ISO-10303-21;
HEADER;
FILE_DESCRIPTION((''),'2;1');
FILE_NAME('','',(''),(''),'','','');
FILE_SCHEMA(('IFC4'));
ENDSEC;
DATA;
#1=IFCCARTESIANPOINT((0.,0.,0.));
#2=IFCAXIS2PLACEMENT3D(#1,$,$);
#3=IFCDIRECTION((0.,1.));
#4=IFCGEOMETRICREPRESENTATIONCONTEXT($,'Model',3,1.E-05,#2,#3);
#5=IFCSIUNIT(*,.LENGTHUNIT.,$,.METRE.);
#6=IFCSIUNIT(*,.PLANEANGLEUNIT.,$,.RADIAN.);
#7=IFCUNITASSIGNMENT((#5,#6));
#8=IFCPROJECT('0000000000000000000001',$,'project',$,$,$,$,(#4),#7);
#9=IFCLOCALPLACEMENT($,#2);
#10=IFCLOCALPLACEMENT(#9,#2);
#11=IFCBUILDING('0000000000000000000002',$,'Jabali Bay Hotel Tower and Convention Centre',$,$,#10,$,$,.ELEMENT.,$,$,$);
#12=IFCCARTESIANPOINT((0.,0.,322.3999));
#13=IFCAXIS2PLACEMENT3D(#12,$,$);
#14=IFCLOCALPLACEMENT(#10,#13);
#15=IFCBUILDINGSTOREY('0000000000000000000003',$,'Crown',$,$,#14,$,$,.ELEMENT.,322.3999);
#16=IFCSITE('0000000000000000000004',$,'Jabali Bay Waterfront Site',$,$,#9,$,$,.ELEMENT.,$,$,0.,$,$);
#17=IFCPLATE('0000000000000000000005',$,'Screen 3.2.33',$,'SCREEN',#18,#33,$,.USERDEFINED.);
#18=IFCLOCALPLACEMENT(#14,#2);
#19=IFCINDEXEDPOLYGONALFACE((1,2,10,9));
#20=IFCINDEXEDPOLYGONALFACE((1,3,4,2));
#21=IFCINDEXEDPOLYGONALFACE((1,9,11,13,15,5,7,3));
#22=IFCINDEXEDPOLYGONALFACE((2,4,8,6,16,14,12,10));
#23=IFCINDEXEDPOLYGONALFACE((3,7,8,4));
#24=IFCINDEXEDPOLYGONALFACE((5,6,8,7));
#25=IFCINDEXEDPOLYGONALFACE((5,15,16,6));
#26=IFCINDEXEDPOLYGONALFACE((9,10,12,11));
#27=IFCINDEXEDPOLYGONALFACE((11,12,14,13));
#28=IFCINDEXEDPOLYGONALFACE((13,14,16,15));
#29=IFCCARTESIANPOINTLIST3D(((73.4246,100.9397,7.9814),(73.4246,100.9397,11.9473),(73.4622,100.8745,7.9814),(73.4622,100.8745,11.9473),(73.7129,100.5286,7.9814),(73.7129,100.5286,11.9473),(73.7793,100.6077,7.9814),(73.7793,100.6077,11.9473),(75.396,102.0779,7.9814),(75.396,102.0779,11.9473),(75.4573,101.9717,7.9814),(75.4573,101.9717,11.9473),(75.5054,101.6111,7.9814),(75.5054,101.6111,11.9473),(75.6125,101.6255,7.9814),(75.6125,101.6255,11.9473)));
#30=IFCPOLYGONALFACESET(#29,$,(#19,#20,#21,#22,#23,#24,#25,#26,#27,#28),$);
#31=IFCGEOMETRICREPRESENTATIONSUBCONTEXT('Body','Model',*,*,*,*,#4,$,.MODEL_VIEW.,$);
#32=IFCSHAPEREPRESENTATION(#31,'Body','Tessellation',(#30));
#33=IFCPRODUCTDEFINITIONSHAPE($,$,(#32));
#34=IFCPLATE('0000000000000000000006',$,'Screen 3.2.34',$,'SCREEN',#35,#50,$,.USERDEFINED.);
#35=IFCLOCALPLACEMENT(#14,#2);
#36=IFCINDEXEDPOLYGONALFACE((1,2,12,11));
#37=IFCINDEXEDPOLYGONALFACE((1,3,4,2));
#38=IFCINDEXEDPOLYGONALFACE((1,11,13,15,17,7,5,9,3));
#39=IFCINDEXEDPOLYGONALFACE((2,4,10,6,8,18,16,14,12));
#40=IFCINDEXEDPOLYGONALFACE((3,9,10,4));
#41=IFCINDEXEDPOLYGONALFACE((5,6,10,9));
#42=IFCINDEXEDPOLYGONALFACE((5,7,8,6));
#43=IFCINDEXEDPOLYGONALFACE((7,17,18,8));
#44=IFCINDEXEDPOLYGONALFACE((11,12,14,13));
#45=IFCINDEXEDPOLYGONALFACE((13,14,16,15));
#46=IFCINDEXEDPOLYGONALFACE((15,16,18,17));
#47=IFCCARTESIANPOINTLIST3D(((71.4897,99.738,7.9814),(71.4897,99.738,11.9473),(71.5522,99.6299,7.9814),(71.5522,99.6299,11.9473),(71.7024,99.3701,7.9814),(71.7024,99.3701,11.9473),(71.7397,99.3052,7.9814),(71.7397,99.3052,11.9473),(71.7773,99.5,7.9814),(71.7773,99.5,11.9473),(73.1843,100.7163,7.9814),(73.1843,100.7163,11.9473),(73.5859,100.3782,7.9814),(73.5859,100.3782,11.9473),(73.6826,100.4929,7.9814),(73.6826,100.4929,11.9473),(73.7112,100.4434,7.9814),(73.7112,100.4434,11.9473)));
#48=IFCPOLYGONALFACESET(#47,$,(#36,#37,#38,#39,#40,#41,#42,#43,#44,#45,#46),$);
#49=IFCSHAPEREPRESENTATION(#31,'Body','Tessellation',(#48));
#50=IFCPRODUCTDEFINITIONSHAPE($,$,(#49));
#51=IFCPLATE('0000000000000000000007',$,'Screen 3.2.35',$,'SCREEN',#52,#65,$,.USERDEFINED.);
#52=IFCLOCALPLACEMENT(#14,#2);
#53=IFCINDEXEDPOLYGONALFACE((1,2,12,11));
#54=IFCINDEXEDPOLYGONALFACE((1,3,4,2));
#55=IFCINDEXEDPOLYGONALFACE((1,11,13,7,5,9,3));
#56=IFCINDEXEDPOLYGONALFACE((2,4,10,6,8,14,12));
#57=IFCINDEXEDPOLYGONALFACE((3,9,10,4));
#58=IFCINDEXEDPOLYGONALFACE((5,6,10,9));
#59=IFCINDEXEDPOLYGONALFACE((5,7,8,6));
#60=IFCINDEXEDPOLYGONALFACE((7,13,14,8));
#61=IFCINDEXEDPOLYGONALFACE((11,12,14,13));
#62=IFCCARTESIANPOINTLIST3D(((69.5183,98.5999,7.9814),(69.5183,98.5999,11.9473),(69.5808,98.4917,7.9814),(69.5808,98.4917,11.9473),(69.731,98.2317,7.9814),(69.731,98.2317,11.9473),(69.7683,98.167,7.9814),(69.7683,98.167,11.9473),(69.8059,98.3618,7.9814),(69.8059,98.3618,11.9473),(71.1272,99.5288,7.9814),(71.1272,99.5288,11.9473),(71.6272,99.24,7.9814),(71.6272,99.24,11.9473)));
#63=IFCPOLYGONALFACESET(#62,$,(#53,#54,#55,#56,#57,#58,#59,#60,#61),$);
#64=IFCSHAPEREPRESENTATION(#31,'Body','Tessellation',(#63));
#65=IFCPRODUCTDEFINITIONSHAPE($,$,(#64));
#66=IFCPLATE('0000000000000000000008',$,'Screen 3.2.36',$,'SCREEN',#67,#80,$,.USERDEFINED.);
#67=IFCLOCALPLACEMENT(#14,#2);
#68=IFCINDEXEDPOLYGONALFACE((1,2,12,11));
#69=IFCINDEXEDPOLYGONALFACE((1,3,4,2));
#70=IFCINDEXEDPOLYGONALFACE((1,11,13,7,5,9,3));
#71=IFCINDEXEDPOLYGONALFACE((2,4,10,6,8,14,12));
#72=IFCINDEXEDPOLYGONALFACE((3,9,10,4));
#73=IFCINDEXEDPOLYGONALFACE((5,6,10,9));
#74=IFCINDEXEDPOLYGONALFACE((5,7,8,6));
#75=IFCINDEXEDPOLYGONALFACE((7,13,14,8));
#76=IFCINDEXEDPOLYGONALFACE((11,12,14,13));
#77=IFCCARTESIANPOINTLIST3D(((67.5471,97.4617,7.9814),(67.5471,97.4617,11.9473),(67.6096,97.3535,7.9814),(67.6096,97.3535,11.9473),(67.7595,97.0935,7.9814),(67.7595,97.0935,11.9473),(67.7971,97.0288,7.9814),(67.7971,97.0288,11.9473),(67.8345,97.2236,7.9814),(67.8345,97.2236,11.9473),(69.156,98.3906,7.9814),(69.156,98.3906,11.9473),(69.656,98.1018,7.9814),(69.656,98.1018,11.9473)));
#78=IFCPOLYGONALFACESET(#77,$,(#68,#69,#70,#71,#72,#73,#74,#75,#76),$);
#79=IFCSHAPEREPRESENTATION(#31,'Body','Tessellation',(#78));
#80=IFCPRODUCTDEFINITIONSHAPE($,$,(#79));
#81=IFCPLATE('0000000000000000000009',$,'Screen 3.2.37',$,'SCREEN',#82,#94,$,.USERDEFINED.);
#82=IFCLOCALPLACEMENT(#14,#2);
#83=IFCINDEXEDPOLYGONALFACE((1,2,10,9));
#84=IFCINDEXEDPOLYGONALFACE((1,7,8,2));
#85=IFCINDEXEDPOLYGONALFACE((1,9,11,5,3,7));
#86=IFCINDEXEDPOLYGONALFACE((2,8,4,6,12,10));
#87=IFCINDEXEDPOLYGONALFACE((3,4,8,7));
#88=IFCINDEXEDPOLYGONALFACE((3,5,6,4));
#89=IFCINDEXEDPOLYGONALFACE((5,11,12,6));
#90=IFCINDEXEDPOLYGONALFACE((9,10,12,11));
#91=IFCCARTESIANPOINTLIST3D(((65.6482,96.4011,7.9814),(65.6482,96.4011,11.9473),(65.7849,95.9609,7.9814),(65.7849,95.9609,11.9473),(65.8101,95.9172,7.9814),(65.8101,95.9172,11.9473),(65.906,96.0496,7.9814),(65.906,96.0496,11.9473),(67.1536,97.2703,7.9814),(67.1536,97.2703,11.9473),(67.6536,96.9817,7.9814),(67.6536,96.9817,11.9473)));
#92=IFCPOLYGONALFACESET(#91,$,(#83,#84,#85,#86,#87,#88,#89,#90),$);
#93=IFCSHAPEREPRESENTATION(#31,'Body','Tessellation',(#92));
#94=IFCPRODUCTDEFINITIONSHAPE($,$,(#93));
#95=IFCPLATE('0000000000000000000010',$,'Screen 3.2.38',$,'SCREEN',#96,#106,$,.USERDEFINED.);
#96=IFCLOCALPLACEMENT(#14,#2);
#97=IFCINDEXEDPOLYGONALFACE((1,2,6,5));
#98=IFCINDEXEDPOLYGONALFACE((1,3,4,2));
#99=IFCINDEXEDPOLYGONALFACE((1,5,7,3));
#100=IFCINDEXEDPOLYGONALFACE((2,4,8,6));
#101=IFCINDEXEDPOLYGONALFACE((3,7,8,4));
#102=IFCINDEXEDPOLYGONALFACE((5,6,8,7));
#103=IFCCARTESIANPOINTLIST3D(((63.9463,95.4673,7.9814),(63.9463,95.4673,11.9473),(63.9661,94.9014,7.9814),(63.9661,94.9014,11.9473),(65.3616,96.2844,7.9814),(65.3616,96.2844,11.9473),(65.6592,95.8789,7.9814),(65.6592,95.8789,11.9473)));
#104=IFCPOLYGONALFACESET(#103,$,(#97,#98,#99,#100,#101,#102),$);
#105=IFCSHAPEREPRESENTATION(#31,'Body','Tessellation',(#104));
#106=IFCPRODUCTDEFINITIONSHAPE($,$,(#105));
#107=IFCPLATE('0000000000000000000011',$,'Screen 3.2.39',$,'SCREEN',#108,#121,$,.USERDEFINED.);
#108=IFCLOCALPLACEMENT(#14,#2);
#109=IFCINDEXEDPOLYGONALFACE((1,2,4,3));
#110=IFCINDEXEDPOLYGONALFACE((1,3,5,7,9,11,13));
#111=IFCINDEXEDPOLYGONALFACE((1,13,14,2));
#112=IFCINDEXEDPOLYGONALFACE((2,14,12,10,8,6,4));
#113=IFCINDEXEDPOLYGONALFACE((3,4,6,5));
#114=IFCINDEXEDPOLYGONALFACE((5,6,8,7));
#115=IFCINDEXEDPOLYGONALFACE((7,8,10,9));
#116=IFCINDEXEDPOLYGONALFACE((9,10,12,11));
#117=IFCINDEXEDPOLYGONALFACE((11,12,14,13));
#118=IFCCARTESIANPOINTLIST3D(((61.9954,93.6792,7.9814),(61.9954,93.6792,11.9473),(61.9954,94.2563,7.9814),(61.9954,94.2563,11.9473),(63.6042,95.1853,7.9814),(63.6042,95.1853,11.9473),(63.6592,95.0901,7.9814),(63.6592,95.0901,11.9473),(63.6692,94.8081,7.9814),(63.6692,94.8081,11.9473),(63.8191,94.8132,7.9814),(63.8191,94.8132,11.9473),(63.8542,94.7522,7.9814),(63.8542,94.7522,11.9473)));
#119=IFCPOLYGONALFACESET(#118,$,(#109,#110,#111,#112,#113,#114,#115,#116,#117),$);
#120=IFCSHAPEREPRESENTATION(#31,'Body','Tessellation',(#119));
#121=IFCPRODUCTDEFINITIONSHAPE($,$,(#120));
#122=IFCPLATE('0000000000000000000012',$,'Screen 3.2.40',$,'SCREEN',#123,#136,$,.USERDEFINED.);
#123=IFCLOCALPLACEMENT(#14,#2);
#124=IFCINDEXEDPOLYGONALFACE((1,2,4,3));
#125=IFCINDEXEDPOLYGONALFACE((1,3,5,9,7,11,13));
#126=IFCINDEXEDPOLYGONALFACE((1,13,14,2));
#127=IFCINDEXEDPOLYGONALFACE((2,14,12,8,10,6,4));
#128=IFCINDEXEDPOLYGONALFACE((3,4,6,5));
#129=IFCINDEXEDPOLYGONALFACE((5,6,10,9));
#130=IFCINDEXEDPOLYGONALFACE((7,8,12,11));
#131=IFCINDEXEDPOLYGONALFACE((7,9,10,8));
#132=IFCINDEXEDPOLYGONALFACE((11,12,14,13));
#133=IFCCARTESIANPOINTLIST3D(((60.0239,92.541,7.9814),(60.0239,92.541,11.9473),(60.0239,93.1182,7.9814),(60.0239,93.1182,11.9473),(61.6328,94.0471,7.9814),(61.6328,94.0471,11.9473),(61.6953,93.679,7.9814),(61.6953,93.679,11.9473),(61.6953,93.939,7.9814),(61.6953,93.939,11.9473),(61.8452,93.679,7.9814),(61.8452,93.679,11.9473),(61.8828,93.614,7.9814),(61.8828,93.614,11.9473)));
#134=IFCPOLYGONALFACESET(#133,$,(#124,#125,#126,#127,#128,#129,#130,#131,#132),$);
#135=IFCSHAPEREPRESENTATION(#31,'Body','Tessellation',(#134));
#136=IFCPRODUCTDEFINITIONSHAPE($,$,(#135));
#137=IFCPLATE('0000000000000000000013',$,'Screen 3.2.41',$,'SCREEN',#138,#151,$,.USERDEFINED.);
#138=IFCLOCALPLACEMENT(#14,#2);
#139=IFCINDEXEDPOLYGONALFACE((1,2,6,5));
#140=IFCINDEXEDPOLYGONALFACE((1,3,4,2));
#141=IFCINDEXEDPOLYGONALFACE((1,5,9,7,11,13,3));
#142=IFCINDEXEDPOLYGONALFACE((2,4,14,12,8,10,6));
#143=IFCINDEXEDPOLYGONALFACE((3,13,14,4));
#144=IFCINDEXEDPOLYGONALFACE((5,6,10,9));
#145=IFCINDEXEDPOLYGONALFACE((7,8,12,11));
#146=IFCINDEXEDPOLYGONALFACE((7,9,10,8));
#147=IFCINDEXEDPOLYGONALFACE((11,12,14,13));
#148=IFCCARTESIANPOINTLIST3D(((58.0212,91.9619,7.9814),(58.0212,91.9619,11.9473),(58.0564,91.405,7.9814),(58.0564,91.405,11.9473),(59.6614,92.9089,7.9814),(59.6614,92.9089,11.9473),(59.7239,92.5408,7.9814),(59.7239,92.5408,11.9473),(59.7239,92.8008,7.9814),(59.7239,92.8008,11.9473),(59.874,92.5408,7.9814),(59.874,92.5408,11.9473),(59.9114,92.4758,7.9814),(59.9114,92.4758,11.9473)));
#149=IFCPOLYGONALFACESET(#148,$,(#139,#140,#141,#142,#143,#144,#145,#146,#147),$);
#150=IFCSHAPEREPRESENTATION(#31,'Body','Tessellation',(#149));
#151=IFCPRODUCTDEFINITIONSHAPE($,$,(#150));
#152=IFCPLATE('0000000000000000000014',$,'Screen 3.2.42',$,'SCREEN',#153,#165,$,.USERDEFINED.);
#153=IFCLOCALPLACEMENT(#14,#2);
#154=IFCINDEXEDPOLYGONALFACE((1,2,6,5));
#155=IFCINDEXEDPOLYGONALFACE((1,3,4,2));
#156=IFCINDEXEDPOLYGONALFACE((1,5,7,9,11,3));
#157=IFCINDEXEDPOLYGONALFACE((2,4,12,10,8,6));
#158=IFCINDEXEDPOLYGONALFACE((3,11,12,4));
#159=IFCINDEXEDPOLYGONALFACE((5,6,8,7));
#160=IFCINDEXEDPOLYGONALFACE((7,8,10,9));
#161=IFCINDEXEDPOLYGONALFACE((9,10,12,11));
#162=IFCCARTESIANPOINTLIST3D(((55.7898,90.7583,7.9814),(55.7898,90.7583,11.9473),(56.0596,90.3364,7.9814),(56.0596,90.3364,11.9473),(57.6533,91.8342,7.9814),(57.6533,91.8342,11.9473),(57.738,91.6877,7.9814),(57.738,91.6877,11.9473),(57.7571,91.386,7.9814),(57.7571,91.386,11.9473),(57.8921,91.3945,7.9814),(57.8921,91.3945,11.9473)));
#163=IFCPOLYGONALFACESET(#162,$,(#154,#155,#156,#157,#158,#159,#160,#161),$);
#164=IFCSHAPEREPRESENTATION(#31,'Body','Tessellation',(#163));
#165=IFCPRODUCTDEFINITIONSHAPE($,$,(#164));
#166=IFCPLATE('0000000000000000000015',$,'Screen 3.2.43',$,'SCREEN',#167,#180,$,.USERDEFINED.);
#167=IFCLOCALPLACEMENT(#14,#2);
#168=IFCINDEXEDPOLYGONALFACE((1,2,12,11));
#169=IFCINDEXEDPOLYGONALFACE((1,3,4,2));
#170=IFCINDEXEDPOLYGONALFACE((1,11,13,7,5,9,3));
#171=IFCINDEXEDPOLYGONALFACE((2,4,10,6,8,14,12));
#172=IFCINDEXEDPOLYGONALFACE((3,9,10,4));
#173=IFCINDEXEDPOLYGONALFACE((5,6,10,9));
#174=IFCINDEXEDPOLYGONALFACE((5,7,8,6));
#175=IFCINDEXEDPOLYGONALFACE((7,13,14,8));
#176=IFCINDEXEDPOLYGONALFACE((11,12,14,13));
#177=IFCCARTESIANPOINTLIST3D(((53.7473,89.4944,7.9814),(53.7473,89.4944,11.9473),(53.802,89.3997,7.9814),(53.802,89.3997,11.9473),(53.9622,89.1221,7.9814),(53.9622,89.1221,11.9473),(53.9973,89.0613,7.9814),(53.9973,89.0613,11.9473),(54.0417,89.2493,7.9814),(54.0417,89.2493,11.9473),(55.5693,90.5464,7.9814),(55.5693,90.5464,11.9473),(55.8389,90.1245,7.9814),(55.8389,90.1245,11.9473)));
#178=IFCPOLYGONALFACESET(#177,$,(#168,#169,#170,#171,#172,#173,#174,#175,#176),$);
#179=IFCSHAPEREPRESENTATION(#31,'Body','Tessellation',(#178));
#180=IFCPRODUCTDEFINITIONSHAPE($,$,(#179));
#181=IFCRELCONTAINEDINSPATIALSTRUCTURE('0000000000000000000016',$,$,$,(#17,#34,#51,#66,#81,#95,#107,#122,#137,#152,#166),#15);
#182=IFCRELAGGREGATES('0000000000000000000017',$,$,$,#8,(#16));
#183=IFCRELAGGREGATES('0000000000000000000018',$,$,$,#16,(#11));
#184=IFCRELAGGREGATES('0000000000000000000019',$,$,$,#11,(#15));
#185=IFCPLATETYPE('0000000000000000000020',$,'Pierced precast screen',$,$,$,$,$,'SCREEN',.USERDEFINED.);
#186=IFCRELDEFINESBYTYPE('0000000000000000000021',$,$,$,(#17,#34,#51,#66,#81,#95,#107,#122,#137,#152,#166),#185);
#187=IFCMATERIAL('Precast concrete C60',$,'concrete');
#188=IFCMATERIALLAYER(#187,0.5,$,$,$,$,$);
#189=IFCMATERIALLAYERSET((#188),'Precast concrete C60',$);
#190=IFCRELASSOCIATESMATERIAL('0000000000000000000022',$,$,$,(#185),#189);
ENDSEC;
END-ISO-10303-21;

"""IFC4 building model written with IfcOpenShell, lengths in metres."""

from ifc_helpers import new_model, si_unit, direction, frame, origin, place, context, subcontext, project, spatial, polyline, outline, extrude, material, layer, layer_set, type_object, element, save


model = new_model("IFC4")

# Units and contexts
model_context = context("Model", 3, precision=1e-05, world=origin(), true_north=direction((0.0, 1.0)))
body_context = subcontext(model_context, "Body", "Model", "MODEL_VIEW")
ifc_project = project(units=[si_unit("LENGTHUNIT", "METRE"), si_unit("PLANEANGLEUNIT", "RADIAN")], contexts=[model_context])

# Site, building, storey
site_placement = place(None, origin())
site = spatial("IfcSite", under=ifc_project, at=site_placement, Name="Jabali Bay Waterfront Site", CompositionType="ELEMENT", RefElevation=0.0)
building_placement = place(site_placement, origin())
building = spatial("IfcBuilding", under=site, at=building_placement, Name="Jabali Bay Hotel Tower and Convention Centre", CompositionType="ELEMENT")
storey_placement = place(building_placement, frame((0.0, 0.0, 322.3999)))
storey = spatial("IfcBuildingStorey", under=building, at=storey_placement, Name="Crown", CompositionType="ELEMENT", Elevation=322.3999)

# Plates
ifc_material = material(Name="Precast concrete C60", Category="concrete")
ifc_layer = layer(ifc_material, 0.5)
ifc_layer_set = layer_set([ifc_layer], Name="Precast concrete C60")
plate_type = type_object("IfcPlateType", Name="Pierced precast screen", ElementType="SCREEN", PredefinedType="USERDEFINED", material=ifc_layer_set)
plate_1_placement = place(storey_placement, frame((0.0, 0.0, 7.9814)))
element("IfcPlate", 1, at=plate_1_placement, inside=storey, type_object=plate_type, Name="Screen 3.2.33", ObjectType="SCREEN", PredefinedType="USERDEFINED", context=body_context, shape_type="SweptSolid", body=[
    extrude(outline(polyline([(73.7129, 100.5286), (75.6125, 101.6255), (75.5054, 101.6111), (75.4573, 101.9717), (75.396, 102.0779), (73.4246, 100.9397), (73.4622, 100.8745), (73.7793, 100.6077), (73.7129, 100.5286)])), origin(), (0.0, 0.0, 1.0), 3.9658),
])
plate_2_placement = place(storey_placement, frame((0.0, 0.0, 7.9814)))
element("IfcPlate", 2, at=plate_2_placement, inside=storey, type_object=plate_type, Name="Screen 3.2.34", ObjectType="SCREEN", PredefinedType="USERDEFINED", context=body_context, shape_type="SweptSolid", body=[
    extrude(outline(polyline([(71.7397, 99.3052), (73.7112, 100.4434), (73.6826, 100.4929), (73.5859, 100.3782), (73.1843, 100.7163), (71.4897, 99.738), (71.5522, 99.6299), (71.7773, 99.5), (71.7024, 99.3701), (71.7397, 99.3052)])), origin(), (0.0, 0.0, 1.0), 3.9658),
])
plate_3_placement = place(storey_placement, frame((0.0, 0.0, 7.9814)))
element("IfcPlate", 3, at=plate_3_placement, inside=storey, type_object=plate_type, Name="Screen 3.2.35", ObjectType="SCREEN", PredefinedType="USERDEFINED", context=body_context, shape_type="SweptSolid", body=[
    extrude(outline(polyline([(69.7683, 98.167), (71.6272, 99.24), (71.1272, 99.5288), (69.5183, 98.5999), (69.5808, 98.4917), (69.8059, 98.3618), (69.731, 98.2317), (69.7683, 98.167)])), origin(), (0.0, 0.0, 1.0), 3.9658),
])
plate_4_placement = place(storey_placement, frame((0.0, 0.0, 7.9814)))
element("IfcPlate", 4, at=plate_4_placement, inside=storey, type_object=plate_type, Name="Screen 3.2.36", ObjectType="SCREEN", PredefinedType="USERDEFINED", context=body_context, shape_type="SweptSolid", body=[
    extrude(outline(polyline([(67.7971, 97.0288), (69.656, 98.1018), (69.156, 98.3906), (67.5471, 97.4617), (67.6096, 97.3535), (67.8345, 97.2236), (67.7595, 97.0935), (67.7971, 97.0288)])), origin(), (0.0, 0.0, 1.0), 3.9658),
])
plate_5_placement = place(storey_placement, frame((0.0, 0.0, 7.9814)))
element("IfcPlate", 5, at=plate_5_placement, inside=storey, type_object=plate_type, Name="Screen 3.2.37", ObjectType="SCREEN", PredefinedType="USERDEFINED", context=body_context, shape_type="SweptSolid", body=[
    extrude(outline(polyline([(65.8101, 95.9172), (67.6536, 96.9817), (67.1536, 97.2703), (65.6482, 96.4011), (65.906, 96.0496), (65.7849, 95.9609), (65.8101, 95.9172)])), origin(), (0.0, 0.0, 1.0), 3.9658),
])
plate_6_placement = place(storey_placement, frame((0.0, 0.0, 7.9814)))
element("IfcPlate", 6, at=plate_6_placement, inside=storey, type_object=plate_type, Name="Screen 3.2.38", ObjectType="SCREEN", PredefinedType="USERDEFINED", context=body_context, shape_type="SweptSolid", body=[
    extrude(outline(polyline([(63.9661, 94.9014), (65.6592, 95.8789), (65.3616, 96.2844), (63.9463, 95.4673), (63.9661, 94.9014)])), origin(), (0.0, 0.0, 1.0), 3.9658),
])
plate_7_placement = place(storey_placement, frame((0.0, 0.0, 7.9814)))
element("IfcPlate", 7, at=plate_7_placement, inside=storey, type_object=plate_type, Name="Screen 3.2.39", ObjectType="SCREEN", PredefinedType="USERDEFINED", context=body_context, shape_type="SweptSolid", body=[
    extrude(outline(polyline([(61.9954, 93.6792), (63.8542, 94.7522), (63.8191, 94.8132), (63.6692, 94.8081), (63.6592, 95.0901), (63.6042, 95.1853), (61.9954, 94.2563), (61.9954, 93.6792)])), origin(), (0.0, 0.0, 1.0), 3.9658),
])
plate_8_placement = place(storey_placement, frame((0.0, 0.0, 7.9814)))
element("IfcPlate", 8, at=plate_8_placement, inside=storey, type_object=plate_type, Name="Screen 3.2.40", ObjectType="SCREEN", PredefinedType="USERDEFINED", context=body_context, shape_type="SweptSolid", body=[
    extrude(outline(polyline([(60.0239, 92.541), (61.8828, 93.614), (61.8452, 93.679), (61.6953, 93.679), (61.6953, 93.939), (61.6328, 94.0471), (60.0239, 93.1182), (60.0239, 92.541)])), origin(), (0.0, 0.0, 1.0), 3.9658),
])
plate_9_placement = place(storey_placement, frame((0.0, 0.0, 7.9814)))
element("IfcPlate", 9, at=plate_9_placement, inside=storey, type_object=plate_type, Name="Screen 3.2.41", ObjectType="SCREEN", PredefinedType="USERDEFINED", context=body_context, shape_type="SweptSolid", body=[
    extrude(outline(polyline([(58.0564, 91.405), (59.9114, 92.4758), (59.874, 92.5408), (59.7239, 92.5408), (59.7239, 92.8008), (59.6614, 92.9089), (58.0212, 91.9619), (58.0564, 91.405)])), origin(), (0.0, 0.0, 1.0), 3.9658),
])
plate_10_placement = place(storey_placement, frame((0.0, 0.0, 7.9814)))
element("IfcPlate", 10, at=plate_10_placement, inside=storey, type_object=plate_type, Name="Screen 3.2.42", ObjectType="SCREEN", PredefinedType="USERDEFINED", context=body_context, shape_type="SweptSolid", body=[
    extrude(outline(polyline([(56.0596, 90.3364), (57.8921, 91.3945), (57.7571, 91.386), (57.738, 91.6877), (57.6533, 91.8342), (55.7898, 90.7583), (56.0596, 90.3364)])), origin(), (0.0, 0.0, 1.0), 3.9658),
])
plate_11_placement = place(storey_placement, frame((0.0, 0.0, 7.9814)))
element("IfcPlate", 11, at=plate_11_placement, inside=storey, type_object=plate_type, Name="Screen 3.2.43", ObjectType="SCREEN", PredefinedType="USERDEFINED", context=body_context, shape_type="SweptSolid", body=[
    extrude(outline(polyline([(53.9973, 89.0613), (55.8389, 90.1245), (55.5693, 90.5464), (53.7473, 89.4944), (53.802, 89.3997), (54.0417, 89.2493), (53.9622, 89.1221), (53.9973, 89.0613)])), origin(), (0.0, 0.0, 1.0), 3.9658),
])

save(model, "model.ifc")
